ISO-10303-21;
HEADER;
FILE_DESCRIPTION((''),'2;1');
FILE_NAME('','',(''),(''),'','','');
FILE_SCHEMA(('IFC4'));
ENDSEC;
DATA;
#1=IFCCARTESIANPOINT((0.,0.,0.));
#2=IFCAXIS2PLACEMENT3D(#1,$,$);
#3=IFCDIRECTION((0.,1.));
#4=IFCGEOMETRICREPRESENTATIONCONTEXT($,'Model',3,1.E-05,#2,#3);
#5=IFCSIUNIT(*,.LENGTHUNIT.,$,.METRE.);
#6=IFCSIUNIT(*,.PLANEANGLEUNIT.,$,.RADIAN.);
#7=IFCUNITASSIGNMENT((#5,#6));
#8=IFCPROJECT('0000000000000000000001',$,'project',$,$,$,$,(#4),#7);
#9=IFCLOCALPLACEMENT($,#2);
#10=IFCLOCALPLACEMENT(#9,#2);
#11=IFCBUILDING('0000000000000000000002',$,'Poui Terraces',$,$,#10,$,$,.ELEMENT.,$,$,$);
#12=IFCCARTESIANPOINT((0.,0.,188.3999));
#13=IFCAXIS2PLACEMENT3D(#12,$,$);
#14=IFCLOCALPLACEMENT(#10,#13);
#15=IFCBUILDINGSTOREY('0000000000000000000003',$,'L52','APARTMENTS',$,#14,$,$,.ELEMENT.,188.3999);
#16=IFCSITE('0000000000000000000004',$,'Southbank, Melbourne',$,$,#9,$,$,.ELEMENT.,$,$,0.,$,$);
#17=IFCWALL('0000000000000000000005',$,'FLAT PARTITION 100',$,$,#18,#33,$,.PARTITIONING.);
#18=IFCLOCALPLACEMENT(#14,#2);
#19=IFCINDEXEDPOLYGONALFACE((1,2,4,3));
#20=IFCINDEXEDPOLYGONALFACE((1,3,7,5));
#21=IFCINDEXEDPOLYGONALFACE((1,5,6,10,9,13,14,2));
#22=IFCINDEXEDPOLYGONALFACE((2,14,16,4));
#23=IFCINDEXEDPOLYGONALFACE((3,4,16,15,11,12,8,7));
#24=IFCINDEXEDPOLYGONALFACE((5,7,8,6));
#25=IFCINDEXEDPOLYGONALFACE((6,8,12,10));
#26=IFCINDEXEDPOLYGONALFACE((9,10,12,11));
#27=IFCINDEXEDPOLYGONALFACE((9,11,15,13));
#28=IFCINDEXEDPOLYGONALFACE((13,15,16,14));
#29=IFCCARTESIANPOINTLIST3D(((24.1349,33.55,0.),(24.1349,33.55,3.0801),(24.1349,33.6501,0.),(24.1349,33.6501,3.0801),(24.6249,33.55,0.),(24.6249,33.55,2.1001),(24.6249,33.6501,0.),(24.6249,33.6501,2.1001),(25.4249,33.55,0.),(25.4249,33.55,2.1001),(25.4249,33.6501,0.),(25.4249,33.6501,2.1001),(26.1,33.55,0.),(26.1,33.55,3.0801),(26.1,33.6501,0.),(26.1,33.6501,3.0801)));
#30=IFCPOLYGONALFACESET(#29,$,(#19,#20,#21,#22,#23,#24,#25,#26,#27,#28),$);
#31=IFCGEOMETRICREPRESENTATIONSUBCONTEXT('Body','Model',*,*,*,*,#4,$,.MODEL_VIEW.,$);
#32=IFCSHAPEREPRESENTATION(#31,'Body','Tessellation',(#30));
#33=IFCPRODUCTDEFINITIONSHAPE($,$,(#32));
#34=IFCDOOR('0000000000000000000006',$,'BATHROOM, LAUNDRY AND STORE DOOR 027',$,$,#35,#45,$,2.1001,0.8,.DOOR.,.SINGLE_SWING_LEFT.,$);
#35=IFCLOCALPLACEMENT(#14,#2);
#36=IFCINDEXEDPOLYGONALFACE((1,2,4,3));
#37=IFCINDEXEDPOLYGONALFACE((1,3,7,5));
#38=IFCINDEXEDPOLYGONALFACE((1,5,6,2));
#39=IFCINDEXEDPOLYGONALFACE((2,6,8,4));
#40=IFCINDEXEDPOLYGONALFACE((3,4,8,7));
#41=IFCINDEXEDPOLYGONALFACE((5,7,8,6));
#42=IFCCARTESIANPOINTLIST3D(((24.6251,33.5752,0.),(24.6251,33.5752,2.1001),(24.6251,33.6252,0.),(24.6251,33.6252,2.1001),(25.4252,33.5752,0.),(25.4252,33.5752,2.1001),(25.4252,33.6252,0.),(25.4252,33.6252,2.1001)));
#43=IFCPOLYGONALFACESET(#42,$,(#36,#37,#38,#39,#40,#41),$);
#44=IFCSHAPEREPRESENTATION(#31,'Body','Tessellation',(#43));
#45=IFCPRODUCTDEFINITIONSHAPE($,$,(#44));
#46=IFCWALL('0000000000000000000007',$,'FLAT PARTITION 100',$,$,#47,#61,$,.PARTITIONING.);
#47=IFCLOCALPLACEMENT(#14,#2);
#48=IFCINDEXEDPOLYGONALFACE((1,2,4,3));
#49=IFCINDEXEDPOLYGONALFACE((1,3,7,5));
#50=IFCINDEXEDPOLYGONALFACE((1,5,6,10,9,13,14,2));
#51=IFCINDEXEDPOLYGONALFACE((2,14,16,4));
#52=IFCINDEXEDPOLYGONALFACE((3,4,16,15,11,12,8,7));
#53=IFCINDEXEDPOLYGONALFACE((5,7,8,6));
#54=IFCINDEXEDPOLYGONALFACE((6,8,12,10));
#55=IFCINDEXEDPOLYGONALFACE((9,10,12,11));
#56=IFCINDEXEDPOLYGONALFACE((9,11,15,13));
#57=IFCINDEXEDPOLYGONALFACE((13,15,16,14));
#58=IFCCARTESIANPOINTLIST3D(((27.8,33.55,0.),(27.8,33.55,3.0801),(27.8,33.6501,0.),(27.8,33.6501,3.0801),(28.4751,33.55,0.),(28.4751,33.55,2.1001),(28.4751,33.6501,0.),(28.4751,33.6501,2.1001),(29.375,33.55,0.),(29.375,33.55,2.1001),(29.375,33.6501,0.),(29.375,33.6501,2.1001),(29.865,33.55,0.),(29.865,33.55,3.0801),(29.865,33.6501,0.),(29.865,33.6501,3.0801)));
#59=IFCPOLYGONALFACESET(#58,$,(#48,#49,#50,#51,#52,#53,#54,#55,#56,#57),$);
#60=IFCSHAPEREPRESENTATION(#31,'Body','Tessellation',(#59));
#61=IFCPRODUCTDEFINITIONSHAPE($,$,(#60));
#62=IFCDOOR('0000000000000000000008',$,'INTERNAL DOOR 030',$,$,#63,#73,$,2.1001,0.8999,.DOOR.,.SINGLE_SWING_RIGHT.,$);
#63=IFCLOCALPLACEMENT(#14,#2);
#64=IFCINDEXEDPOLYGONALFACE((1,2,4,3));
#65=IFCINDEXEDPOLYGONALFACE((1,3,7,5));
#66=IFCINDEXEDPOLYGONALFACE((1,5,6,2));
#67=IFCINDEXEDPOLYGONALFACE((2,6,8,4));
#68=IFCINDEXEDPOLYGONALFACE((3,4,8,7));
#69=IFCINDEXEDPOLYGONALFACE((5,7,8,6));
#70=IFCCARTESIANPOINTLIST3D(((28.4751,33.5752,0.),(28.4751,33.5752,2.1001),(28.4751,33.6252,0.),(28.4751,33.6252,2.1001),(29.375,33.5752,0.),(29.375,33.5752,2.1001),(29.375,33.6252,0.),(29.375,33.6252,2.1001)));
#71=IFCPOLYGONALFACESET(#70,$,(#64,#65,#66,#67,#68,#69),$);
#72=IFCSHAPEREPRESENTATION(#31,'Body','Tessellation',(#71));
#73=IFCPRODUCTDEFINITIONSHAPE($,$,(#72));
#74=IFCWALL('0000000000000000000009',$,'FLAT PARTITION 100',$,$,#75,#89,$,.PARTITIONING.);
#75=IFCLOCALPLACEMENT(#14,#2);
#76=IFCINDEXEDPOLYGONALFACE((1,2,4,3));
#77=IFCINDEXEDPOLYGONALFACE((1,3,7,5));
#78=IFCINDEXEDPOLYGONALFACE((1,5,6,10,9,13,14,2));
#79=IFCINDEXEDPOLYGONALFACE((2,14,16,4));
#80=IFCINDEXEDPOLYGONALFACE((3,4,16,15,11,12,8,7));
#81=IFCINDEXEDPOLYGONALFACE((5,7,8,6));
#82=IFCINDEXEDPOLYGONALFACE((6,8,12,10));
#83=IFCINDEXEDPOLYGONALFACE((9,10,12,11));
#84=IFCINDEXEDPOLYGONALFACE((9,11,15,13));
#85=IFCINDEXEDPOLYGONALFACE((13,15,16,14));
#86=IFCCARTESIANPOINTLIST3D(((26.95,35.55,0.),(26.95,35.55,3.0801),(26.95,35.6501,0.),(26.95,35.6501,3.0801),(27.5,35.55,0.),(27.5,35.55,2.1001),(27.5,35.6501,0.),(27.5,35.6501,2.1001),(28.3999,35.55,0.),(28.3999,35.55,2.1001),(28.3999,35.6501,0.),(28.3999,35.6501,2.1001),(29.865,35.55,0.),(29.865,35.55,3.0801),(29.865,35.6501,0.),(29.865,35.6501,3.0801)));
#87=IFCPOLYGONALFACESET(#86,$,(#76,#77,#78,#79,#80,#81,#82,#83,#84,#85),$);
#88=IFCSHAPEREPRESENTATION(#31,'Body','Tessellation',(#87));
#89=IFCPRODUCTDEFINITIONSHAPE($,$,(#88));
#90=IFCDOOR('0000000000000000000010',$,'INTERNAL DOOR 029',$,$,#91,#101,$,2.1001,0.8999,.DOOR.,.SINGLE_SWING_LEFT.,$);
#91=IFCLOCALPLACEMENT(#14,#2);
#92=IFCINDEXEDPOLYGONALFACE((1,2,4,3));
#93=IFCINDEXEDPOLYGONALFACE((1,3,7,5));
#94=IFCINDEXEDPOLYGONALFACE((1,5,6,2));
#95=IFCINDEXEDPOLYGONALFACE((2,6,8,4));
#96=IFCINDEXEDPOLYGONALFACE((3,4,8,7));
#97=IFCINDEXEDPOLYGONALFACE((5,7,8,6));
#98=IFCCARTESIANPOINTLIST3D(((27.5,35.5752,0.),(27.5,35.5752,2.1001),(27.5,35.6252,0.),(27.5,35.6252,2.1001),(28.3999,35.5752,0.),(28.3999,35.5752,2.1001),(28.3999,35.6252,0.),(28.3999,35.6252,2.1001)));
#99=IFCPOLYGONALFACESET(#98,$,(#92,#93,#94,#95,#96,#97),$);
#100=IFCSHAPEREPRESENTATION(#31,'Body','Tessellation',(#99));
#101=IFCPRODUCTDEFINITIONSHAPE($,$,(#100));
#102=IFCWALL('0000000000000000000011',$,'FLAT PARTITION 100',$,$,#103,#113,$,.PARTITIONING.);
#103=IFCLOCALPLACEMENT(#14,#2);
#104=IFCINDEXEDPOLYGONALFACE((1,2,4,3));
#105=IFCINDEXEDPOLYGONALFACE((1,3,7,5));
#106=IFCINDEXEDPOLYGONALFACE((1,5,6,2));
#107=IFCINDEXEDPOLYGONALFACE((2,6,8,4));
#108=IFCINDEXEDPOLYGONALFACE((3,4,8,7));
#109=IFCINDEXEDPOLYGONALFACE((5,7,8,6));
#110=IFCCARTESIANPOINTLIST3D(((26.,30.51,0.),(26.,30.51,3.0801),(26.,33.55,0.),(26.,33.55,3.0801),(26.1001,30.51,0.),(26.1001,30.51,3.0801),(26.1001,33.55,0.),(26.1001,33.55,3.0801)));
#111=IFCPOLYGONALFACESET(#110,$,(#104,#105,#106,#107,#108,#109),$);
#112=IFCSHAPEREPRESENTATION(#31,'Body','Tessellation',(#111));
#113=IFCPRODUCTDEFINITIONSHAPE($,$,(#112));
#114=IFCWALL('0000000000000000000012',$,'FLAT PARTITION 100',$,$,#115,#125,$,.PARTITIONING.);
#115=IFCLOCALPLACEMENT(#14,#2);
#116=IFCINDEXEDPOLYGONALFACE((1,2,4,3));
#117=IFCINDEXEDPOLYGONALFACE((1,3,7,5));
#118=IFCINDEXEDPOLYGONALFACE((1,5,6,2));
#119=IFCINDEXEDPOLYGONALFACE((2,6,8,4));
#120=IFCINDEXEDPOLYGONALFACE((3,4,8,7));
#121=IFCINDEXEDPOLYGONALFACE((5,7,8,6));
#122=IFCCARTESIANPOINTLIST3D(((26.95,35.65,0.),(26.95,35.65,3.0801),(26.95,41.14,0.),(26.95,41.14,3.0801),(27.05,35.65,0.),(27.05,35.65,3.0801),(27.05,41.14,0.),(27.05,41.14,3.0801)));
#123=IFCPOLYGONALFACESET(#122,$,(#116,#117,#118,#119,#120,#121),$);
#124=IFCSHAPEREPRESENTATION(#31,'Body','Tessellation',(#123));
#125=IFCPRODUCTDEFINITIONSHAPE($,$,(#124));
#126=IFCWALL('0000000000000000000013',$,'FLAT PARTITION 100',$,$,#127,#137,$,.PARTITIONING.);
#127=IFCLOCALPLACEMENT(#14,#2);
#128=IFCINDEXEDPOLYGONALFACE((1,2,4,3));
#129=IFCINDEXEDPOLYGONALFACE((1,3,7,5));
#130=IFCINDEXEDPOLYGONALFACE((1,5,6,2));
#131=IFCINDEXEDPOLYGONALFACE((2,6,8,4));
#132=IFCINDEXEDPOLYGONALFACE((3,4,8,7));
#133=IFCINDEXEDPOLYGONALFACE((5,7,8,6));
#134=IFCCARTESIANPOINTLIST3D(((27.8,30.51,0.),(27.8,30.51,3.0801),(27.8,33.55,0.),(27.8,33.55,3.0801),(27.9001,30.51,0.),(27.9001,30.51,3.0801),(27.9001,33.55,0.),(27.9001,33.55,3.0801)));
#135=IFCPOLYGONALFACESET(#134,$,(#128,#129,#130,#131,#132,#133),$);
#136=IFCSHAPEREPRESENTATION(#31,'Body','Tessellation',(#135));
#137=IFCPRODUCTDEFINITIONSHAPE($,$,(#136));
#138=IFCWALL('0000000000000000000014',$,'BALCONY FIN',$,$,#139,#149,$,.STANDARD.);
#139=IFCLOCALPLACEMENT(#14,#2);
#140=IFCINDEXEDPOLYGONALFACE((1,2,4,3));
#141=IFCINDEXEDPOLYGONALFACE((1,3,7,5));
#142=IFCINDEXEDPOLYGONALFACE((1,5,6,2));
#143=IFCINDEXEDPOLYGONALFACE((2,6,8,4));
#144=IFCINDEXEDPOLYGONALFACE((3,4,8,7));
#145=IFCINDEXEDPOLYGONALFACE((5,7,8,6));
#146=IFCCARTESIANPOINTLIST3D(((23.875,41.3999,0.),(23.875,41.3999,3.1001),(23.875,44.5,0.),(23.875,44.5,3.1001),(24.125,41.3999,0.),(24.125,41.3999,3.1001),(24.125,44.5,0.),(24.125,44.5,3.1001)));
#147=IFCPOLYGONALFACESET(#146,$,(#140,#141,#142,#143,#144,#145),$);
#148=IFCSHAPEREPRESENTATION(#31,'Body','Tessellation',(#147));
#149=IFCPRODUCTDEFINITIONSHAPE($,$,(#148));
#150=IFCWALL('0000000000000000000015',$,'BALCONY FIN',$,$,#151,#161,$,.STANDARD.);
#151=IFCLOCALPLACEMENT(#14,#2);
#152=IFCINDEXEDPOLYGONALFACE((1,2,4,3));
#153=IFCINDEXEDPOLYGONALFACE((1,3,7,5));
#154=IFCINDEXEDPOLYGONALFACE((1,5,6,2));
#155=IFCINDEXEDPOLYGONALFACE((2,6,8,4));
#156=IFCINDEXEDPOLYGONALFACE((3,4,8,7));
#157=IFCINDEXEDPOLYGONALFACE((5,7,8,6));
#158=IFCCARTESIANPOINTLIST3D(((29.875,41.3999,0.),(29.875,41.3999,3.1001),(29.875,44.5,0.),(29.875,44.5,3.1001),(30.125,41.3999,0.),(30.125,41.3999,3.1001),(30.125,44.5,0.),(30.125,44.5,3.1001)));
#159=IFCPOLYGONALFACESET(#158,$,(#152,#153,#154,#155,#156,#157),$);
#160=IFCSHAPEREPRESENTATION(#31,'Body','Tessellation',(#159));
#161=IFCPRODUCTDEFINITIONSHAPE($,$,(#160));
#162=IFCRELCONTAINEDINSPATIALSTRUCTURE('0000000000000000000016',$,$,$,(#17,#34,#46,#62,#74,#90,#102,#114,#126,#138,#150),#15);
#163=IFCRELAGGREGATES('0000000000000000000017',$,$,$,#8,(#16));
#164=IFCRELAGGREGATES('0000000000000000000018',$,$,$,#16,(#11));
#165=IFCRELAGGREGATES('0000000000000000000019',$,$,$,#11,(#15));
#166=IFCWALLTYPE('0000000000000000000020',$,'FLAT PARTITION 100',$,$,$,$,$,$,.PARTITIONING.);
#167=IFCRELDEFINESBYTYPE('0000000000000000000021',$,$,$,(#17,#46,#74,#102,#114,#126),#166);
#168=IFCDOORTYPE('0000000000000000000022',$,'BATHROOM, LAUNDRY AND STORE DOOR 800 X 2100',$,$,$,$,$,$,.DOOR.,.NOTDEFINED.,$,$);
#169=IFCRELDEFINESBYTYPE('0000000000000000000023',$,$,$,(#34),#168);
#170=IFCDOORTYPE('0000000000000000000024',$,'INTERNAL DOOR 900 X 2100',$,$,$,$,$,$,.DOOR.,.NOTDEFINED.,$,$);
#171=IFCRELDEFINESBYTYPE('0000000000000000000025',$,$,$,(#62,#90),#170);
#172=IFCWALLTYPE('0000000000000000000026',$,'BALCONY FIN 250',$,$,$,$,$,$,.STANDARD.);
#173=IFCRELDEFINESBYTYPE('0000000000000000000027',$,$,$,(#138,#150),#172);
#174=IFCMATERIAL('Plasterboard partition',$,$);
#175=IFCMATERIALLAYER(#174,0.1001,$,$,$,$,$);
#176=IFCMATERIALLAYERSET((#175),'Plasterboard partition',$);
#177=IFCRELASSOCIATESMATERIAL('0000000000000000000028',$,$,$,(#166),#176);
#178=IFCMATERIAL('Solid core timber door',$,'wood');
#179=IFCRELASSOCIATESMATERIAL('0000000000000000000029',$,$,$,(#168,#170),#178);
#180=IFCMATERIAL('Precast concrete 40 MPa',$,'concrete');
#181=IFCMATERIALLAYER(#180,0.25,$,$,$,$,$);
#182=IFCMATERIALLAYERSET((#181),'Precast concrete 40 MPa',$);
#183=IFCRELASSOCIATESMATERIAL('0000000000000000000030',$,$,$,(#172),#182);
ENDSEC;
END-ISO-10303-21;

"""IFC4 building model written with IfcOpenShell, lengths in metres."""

from ifc_helpers import new_model, si_unit, direction, frame, frame_2d, origin, place, context, subcontext, project, spatial, polyline, rectangle, outline, extrude, source, transform, mapped, material, layer, layer_set, type_object, element, fill, save


model = new_model("IFC4")

# Units and contexts
model_context = context("Model", 3, precision=1e-05, world=origin(), true_north=direction((0.0, 1.0)))
body_context = subcontext(model_context, "Body", "Model", "MODEL_VIEW")
ifc_project = project(units=[si_unit("LENGTHUNIT", "METRE"), si_unit("PLANEANGLEUNIT", "RADIAN")], contexts=[model_context])

# Site, building, storey
site_placement = place(None, origin())
site = spatial("IfcSite", under=ifc_project, at=site_placement, Name="Southbank, Melbourne", CompositionType="ELEMENT", RefElevation=0.0)
building_placement = place(site_placement, origin())
building = spatial("IfcBuilding", under=site, at=building_placement, Name="Poui Terraces", CompositionType="ELEMENT")
storey_placement = place(building_placement, frame((0.0, 0.0, 188.3999)))
storey = spatial("IfcBuildingStorey", under=building, at=storey_placement, Name="L52", Description="APARTMENTS", CompositionType="ELEMENT", Elevation=188.3999)

# Walls, openings, doors
ifc_material_1 = material(Name="Plasterboard partition")
ifc_layer_1 = layer(ifc_material_1, 0.1001)
ifc_layer_set_1 = layer_set([ifc_layer_1], Name="Plasterboard partition")
wall_type_1 = type_object("IfcWallType", Name="FLAT PARTITION 100", PredefinedType="PARTITIONING", material=ifc_layer_set_1)
wall_1_placement = place(storey_placement, frame((24.135, 33.6001, 0.0), z_axis=(0.0, 0.0, 1.0), x_axis=(1.0, 0.0, 0.0)))
wall_1 = element("IfcWall", 1, at=wall_1_placement, inside=storey, type_object=wall_type_1, Name="FLAT PARTITION 100", PredefinedType="PARTITIONING", context=body_context, shape_type="SweptSolid", body=[
    extrude(rectangle(XDim=1.9651, YDim=0.1001, at=frame_2d((0.9824, 0.0))), origin(), (0.0, 0.0, 1.0), 3.0801),
])
opening_1_placement = place(wall_1_placement, frame((0.49, 0.0, 0.0)))
opening_1 = element("IfcOpeningElement", 2, at=opening_1_placement, cuts=wall_1, PredefinedType="OPENING", context=body_context, shape_type="SweptSolid", body=[
    extrude(rectangle(XDim=0.8, YDim=2.1001, at=frame_2d((0.3999, 1.05))), frame((0.0, 0.0601, 0.0), z_axis=(0.0, -1.0, 0.0), x_axis=(1.0, 0.0, 0.0)), (0.0, 0.0, 1.0), 0.1201),
])
ifc_material_2 = material(Name="Solid core timber door", Category="wood")
door_type_1 = type_object("IfcDoorType", Name="BATHROOM, LAUNDRY AND STORE DOOR 800 X 2100", OperationType="NOTDEFINED", PredefinedType="DOOR", material=ifc_material_2)
door_1_placement = place(opening_1_placement, frame((0.8, 0.0, 0.0), z_axis=(0.0, 0.0, 1.0), x_axis=(-1.0, 0.0, 0.0)))
door_1 = element("IfcDoor", 3, at=door_1_placement, inside=storey, type_object=door_type_1, Name="BATHROOM, LAUNDRY AND STORE DOOR 027", OperationType="SINGLE_SWING_LEFT", OverallHeight=2.1001, OverallWidth=0.8, PredefinedType="DOOR", context=body_context, shape_type="SweptSolid", body=[
    extrude(rectangle(XDim=0.8, YDim=2.1001, at=frame_2d((0.3999, 1.05))), frame((0.0, 0.0249, 0.0), z_axis=(0.0, -1.0, 0.0), x_axis=(1.0, 0.0, 0.0)), (0.0, 0.0, 1.0), 0.05),
])
fill(opening_1, door_1)
wall_2_placement = place(storey_placement, frame((27.8, 33.6001, 0.0), z_axis=(0.0, 0.0, 1.0), x_axis=(1.0, 0.0, 0.0)))
wall_2 = element("IfcWall", 4, at=wall_2_placement, inside=storey, type_object=wall_type_1, Name="FLAT PARTITION 100", PredefinedType="PARTITIONING", context=body_context, shape_type="SweptSolid", body=[
    extrude(rectangle(XDim=2.0649, YDim=0.1001, at=frame_2d((1.0325, 0.0))), origin(), (0.0, 0.0, 1.0), 3.0801),
])
opening_2_placement = place(wall_2_placement, frame((0.675, 0.0, 0.0)))
opening_2 = element("IfcOpeningElement", 5, at=opening_2_placement, cuts=wall_2, PredefinedType="OPENING", context=body_context, shape_type="SweptSolid", body=[
    extrude(rectangle(XDim=0.8999, YDim=2.1001, at=frame_2d((0.45, 1.05))), frame((0.0, 0.0601, 0.0), z_axis=(0.0, -1.0, 0.0), x_axis=(1.0, 0.0, 0.0)), (0.0, 0.0, 1.0), 0.1201),
])
door_type_2 = type_object("IfcDoorType", Name="INTERNAL DOOR 900 X 2100", OperationType="NOTDEFINED", PredefinedType="DOOR", material=ifc_material_2)
door_2_placement = place(opening_2_placement, frame((0.8999, 0.0, 0.0), z_axis=(0.0, 0.0, 1.0), x_axis=(-1.0, 0.0, 0.0)))
door_2 = element("IfcDoor", 6, at=door_2_placement, inside=storey, type_object=door_type_2, Name="INTERNAL DOOR 030", OperationType="SINGLE_SWING_RIGHT", OverallHeight=2.1001, OverallWidth=0.8999, PredefinedType="DOOR", context=body_context, shape_type="SweptSolid", body=[
    extrude(rectangle(XDim=0.8999, YDim=2.1001, at=frame_2d((0.45, 1.05))), frame((0.0, 0.0249, 0.0), z_axis=(0.0, -1.0, 0.0), x_axis=(1.0, 0.0, 0.0)), (0.0, 0.0, 1.0), 0.05),
])
fill(opening_2, door_2)
wall_3_placement = place(storey_placement, frame((26.95, 35.6001, 0.0), z_axis=(0.0, 0.0, 1.0), x_axis=(1.0, 0.0, 0.0)))
wall_3 = element("IfcWall", 7, at=wall_3_placement, inside=storey, type_object=wall_type_1, Name="FLAT PARTITION 100", PredefinedType="PARTITIONING", context=body_context, shape_type="SweptSolid", body=[
    extrude(rectangle(XDim=2.915, YDim=0.1001, at=frame_2d((1.4575, 0.0))), origin(), (0.0, 0.0, 1.0), 3.0801),
])
opening_3_placement = place(wall_3_placement, frame((0.55, 0.0, 0.0)))
opening_3 = element("IfcOpeningElement", 8, at=opening_3_placement, cuts=wall_3, PredefinedType="OPENING", context=body_context, shape_type="SweptSolid", body=[
    extrude(rectangle(XDim=0.8999, YDim=2.1001, at=frame_2d((0.45, 1.05))), frame((0.0, 0.0601, 0.0), z_axis=(0.0, -1.0, 0.0), x_axis=(1.0, 0.0, 0.0)), (0.0, 0.0, 1.0), 0.1201),
])
door_3_placement = place(opening_3_placement, frame((0.8999, 0.0, 0.0), z_axis=(0.0, 0.0, 1.0), x_axis=(-1.0, 0.0, 0.0)))
door_3 = element("IfcDoor", 9, at=door_3_placement, inside=storey, type_object=door_type_2, Name="INTERNAL DOOR 029", OperationType="SINGLE_SWING_LEFT", OverallHeight=2.1001, OverallWidth=0.8999, PredefinedType="DOOR", context=body_context, shape_type="SweptSolid", body=[
    extrude(rectangle(XDim=0.8999, YDim=2.1001, at=frame_2d((0.45, 1.05))), frame((0.0, 0.0249, 0.0), z_axis=(0.0, -1.0, 0.0), x_axis=(1.0, 0.0, 0.0)), (0.0, 0.0, 1.0), 0.05),
])
fill(opening_3, door_3)

# Walls
wall_4_placement = place(storey_placement, frame((26.05, 30.51, 0.0), z_axis=(0.0, 0.0, 1.0), x_axis=(0.0, 1.0, 0.0)))
element("IfcWall", 10, at=wall_4_placement, inside=storey, type_object=wall_type_1, Name="FLAT PARTITION 100", PredefinedType="PARTITIONING", context=body_context, shape_type="SweptSolid", body=[
    extrude(rectangle(XDim=3.04, YDim=0.1001, at=frame_2d((1.52, 0.0))), origin(), (0.0, 0.0, 1.0), 3.0801),
])
wall_5_placement = place(storey_placement, frame((27.0, 35.6499, 0.0), z_axis=(0.0, 0.0, 1.0), x_axis=(0.0, 1.0, 0.0)))
element("IfcWall", 11, at=wall_5_placement, inside=storey, type_object=wall_type_1, Name="FLAT PARTITION 100", PredefinedType="PARTITIONING", context=body_context, shape_type="SweptSolid", body=[
    extrude(rectangle(XDim=5.49, YDim=0.1001, at=frame_2d((2.7451, 0.0))), origin(), (0.0, 0.0, 1.0), 3.0801),
])
wall_6_placement = place(storey_placement, frame((27.8501, 30.51, 0.0), z_axis=(0.0, 0.0, 1.0), x_axis=(0.0, 1.0, 0.0)))
element("IfcWall", 12, at=wall_6_placement, inside=storey, type_object=wall_type_1, Name="FLAT PARTITION 100", PredefinedType="PARTITIONING", context=body_context, shape_type="SweptSolid", body=[
    extrude(rectangle(XDim=3.04, YDim=0.1001, at=frame_2d((1.52, 0.0))), origin(), (0.0, 0.0, 1.0), 3.0801),
])
ifc_material_3 = material(Name="Precast concrete 40 MPa", Category="concrete")
ifc_layer_2 = layer(ifc_material_3, 0.25)
ifc_layer_set_2 = layer_set([ifc_layer_2], Name="Precast concrete 40 MPa")
wall_type_2 = type_object("IfcWallType", Name="BALCONY FIN 250", PredefinedType="STANDARD", material=ifc_layer_set_2)
shared_shape_1 = source(origin(), body_context, "Body", "SweptSolid", [
    extrude(outline(polyline([(0.0, 0.0), (0.25, 0.0), (0.25, 3.1001), (0.0, 3.1001), (0.0, 0.0)])), origin(), (0.0, 0.0, 1.0), 3.1001),
])
for number, where, name in (
    (13, (23.875, 41.3999, 0.0), "BALCONY FIN"),
    (14, (29.875, 41.3999, 0.0), "BALCONY FIN"),
):
    element("IfcWall", number, at=place(storey_placement, frame(where)), inside=storey, type_object=wall_type_2, Name=name, PredefinedType="STANDARD", context=body_context, shape_type="MappedRepresentation", body=[
        mapped(shared_shape_1, transform((0.0, 0.0, 0.0))),
    ])

save(model, "model.ifc")
